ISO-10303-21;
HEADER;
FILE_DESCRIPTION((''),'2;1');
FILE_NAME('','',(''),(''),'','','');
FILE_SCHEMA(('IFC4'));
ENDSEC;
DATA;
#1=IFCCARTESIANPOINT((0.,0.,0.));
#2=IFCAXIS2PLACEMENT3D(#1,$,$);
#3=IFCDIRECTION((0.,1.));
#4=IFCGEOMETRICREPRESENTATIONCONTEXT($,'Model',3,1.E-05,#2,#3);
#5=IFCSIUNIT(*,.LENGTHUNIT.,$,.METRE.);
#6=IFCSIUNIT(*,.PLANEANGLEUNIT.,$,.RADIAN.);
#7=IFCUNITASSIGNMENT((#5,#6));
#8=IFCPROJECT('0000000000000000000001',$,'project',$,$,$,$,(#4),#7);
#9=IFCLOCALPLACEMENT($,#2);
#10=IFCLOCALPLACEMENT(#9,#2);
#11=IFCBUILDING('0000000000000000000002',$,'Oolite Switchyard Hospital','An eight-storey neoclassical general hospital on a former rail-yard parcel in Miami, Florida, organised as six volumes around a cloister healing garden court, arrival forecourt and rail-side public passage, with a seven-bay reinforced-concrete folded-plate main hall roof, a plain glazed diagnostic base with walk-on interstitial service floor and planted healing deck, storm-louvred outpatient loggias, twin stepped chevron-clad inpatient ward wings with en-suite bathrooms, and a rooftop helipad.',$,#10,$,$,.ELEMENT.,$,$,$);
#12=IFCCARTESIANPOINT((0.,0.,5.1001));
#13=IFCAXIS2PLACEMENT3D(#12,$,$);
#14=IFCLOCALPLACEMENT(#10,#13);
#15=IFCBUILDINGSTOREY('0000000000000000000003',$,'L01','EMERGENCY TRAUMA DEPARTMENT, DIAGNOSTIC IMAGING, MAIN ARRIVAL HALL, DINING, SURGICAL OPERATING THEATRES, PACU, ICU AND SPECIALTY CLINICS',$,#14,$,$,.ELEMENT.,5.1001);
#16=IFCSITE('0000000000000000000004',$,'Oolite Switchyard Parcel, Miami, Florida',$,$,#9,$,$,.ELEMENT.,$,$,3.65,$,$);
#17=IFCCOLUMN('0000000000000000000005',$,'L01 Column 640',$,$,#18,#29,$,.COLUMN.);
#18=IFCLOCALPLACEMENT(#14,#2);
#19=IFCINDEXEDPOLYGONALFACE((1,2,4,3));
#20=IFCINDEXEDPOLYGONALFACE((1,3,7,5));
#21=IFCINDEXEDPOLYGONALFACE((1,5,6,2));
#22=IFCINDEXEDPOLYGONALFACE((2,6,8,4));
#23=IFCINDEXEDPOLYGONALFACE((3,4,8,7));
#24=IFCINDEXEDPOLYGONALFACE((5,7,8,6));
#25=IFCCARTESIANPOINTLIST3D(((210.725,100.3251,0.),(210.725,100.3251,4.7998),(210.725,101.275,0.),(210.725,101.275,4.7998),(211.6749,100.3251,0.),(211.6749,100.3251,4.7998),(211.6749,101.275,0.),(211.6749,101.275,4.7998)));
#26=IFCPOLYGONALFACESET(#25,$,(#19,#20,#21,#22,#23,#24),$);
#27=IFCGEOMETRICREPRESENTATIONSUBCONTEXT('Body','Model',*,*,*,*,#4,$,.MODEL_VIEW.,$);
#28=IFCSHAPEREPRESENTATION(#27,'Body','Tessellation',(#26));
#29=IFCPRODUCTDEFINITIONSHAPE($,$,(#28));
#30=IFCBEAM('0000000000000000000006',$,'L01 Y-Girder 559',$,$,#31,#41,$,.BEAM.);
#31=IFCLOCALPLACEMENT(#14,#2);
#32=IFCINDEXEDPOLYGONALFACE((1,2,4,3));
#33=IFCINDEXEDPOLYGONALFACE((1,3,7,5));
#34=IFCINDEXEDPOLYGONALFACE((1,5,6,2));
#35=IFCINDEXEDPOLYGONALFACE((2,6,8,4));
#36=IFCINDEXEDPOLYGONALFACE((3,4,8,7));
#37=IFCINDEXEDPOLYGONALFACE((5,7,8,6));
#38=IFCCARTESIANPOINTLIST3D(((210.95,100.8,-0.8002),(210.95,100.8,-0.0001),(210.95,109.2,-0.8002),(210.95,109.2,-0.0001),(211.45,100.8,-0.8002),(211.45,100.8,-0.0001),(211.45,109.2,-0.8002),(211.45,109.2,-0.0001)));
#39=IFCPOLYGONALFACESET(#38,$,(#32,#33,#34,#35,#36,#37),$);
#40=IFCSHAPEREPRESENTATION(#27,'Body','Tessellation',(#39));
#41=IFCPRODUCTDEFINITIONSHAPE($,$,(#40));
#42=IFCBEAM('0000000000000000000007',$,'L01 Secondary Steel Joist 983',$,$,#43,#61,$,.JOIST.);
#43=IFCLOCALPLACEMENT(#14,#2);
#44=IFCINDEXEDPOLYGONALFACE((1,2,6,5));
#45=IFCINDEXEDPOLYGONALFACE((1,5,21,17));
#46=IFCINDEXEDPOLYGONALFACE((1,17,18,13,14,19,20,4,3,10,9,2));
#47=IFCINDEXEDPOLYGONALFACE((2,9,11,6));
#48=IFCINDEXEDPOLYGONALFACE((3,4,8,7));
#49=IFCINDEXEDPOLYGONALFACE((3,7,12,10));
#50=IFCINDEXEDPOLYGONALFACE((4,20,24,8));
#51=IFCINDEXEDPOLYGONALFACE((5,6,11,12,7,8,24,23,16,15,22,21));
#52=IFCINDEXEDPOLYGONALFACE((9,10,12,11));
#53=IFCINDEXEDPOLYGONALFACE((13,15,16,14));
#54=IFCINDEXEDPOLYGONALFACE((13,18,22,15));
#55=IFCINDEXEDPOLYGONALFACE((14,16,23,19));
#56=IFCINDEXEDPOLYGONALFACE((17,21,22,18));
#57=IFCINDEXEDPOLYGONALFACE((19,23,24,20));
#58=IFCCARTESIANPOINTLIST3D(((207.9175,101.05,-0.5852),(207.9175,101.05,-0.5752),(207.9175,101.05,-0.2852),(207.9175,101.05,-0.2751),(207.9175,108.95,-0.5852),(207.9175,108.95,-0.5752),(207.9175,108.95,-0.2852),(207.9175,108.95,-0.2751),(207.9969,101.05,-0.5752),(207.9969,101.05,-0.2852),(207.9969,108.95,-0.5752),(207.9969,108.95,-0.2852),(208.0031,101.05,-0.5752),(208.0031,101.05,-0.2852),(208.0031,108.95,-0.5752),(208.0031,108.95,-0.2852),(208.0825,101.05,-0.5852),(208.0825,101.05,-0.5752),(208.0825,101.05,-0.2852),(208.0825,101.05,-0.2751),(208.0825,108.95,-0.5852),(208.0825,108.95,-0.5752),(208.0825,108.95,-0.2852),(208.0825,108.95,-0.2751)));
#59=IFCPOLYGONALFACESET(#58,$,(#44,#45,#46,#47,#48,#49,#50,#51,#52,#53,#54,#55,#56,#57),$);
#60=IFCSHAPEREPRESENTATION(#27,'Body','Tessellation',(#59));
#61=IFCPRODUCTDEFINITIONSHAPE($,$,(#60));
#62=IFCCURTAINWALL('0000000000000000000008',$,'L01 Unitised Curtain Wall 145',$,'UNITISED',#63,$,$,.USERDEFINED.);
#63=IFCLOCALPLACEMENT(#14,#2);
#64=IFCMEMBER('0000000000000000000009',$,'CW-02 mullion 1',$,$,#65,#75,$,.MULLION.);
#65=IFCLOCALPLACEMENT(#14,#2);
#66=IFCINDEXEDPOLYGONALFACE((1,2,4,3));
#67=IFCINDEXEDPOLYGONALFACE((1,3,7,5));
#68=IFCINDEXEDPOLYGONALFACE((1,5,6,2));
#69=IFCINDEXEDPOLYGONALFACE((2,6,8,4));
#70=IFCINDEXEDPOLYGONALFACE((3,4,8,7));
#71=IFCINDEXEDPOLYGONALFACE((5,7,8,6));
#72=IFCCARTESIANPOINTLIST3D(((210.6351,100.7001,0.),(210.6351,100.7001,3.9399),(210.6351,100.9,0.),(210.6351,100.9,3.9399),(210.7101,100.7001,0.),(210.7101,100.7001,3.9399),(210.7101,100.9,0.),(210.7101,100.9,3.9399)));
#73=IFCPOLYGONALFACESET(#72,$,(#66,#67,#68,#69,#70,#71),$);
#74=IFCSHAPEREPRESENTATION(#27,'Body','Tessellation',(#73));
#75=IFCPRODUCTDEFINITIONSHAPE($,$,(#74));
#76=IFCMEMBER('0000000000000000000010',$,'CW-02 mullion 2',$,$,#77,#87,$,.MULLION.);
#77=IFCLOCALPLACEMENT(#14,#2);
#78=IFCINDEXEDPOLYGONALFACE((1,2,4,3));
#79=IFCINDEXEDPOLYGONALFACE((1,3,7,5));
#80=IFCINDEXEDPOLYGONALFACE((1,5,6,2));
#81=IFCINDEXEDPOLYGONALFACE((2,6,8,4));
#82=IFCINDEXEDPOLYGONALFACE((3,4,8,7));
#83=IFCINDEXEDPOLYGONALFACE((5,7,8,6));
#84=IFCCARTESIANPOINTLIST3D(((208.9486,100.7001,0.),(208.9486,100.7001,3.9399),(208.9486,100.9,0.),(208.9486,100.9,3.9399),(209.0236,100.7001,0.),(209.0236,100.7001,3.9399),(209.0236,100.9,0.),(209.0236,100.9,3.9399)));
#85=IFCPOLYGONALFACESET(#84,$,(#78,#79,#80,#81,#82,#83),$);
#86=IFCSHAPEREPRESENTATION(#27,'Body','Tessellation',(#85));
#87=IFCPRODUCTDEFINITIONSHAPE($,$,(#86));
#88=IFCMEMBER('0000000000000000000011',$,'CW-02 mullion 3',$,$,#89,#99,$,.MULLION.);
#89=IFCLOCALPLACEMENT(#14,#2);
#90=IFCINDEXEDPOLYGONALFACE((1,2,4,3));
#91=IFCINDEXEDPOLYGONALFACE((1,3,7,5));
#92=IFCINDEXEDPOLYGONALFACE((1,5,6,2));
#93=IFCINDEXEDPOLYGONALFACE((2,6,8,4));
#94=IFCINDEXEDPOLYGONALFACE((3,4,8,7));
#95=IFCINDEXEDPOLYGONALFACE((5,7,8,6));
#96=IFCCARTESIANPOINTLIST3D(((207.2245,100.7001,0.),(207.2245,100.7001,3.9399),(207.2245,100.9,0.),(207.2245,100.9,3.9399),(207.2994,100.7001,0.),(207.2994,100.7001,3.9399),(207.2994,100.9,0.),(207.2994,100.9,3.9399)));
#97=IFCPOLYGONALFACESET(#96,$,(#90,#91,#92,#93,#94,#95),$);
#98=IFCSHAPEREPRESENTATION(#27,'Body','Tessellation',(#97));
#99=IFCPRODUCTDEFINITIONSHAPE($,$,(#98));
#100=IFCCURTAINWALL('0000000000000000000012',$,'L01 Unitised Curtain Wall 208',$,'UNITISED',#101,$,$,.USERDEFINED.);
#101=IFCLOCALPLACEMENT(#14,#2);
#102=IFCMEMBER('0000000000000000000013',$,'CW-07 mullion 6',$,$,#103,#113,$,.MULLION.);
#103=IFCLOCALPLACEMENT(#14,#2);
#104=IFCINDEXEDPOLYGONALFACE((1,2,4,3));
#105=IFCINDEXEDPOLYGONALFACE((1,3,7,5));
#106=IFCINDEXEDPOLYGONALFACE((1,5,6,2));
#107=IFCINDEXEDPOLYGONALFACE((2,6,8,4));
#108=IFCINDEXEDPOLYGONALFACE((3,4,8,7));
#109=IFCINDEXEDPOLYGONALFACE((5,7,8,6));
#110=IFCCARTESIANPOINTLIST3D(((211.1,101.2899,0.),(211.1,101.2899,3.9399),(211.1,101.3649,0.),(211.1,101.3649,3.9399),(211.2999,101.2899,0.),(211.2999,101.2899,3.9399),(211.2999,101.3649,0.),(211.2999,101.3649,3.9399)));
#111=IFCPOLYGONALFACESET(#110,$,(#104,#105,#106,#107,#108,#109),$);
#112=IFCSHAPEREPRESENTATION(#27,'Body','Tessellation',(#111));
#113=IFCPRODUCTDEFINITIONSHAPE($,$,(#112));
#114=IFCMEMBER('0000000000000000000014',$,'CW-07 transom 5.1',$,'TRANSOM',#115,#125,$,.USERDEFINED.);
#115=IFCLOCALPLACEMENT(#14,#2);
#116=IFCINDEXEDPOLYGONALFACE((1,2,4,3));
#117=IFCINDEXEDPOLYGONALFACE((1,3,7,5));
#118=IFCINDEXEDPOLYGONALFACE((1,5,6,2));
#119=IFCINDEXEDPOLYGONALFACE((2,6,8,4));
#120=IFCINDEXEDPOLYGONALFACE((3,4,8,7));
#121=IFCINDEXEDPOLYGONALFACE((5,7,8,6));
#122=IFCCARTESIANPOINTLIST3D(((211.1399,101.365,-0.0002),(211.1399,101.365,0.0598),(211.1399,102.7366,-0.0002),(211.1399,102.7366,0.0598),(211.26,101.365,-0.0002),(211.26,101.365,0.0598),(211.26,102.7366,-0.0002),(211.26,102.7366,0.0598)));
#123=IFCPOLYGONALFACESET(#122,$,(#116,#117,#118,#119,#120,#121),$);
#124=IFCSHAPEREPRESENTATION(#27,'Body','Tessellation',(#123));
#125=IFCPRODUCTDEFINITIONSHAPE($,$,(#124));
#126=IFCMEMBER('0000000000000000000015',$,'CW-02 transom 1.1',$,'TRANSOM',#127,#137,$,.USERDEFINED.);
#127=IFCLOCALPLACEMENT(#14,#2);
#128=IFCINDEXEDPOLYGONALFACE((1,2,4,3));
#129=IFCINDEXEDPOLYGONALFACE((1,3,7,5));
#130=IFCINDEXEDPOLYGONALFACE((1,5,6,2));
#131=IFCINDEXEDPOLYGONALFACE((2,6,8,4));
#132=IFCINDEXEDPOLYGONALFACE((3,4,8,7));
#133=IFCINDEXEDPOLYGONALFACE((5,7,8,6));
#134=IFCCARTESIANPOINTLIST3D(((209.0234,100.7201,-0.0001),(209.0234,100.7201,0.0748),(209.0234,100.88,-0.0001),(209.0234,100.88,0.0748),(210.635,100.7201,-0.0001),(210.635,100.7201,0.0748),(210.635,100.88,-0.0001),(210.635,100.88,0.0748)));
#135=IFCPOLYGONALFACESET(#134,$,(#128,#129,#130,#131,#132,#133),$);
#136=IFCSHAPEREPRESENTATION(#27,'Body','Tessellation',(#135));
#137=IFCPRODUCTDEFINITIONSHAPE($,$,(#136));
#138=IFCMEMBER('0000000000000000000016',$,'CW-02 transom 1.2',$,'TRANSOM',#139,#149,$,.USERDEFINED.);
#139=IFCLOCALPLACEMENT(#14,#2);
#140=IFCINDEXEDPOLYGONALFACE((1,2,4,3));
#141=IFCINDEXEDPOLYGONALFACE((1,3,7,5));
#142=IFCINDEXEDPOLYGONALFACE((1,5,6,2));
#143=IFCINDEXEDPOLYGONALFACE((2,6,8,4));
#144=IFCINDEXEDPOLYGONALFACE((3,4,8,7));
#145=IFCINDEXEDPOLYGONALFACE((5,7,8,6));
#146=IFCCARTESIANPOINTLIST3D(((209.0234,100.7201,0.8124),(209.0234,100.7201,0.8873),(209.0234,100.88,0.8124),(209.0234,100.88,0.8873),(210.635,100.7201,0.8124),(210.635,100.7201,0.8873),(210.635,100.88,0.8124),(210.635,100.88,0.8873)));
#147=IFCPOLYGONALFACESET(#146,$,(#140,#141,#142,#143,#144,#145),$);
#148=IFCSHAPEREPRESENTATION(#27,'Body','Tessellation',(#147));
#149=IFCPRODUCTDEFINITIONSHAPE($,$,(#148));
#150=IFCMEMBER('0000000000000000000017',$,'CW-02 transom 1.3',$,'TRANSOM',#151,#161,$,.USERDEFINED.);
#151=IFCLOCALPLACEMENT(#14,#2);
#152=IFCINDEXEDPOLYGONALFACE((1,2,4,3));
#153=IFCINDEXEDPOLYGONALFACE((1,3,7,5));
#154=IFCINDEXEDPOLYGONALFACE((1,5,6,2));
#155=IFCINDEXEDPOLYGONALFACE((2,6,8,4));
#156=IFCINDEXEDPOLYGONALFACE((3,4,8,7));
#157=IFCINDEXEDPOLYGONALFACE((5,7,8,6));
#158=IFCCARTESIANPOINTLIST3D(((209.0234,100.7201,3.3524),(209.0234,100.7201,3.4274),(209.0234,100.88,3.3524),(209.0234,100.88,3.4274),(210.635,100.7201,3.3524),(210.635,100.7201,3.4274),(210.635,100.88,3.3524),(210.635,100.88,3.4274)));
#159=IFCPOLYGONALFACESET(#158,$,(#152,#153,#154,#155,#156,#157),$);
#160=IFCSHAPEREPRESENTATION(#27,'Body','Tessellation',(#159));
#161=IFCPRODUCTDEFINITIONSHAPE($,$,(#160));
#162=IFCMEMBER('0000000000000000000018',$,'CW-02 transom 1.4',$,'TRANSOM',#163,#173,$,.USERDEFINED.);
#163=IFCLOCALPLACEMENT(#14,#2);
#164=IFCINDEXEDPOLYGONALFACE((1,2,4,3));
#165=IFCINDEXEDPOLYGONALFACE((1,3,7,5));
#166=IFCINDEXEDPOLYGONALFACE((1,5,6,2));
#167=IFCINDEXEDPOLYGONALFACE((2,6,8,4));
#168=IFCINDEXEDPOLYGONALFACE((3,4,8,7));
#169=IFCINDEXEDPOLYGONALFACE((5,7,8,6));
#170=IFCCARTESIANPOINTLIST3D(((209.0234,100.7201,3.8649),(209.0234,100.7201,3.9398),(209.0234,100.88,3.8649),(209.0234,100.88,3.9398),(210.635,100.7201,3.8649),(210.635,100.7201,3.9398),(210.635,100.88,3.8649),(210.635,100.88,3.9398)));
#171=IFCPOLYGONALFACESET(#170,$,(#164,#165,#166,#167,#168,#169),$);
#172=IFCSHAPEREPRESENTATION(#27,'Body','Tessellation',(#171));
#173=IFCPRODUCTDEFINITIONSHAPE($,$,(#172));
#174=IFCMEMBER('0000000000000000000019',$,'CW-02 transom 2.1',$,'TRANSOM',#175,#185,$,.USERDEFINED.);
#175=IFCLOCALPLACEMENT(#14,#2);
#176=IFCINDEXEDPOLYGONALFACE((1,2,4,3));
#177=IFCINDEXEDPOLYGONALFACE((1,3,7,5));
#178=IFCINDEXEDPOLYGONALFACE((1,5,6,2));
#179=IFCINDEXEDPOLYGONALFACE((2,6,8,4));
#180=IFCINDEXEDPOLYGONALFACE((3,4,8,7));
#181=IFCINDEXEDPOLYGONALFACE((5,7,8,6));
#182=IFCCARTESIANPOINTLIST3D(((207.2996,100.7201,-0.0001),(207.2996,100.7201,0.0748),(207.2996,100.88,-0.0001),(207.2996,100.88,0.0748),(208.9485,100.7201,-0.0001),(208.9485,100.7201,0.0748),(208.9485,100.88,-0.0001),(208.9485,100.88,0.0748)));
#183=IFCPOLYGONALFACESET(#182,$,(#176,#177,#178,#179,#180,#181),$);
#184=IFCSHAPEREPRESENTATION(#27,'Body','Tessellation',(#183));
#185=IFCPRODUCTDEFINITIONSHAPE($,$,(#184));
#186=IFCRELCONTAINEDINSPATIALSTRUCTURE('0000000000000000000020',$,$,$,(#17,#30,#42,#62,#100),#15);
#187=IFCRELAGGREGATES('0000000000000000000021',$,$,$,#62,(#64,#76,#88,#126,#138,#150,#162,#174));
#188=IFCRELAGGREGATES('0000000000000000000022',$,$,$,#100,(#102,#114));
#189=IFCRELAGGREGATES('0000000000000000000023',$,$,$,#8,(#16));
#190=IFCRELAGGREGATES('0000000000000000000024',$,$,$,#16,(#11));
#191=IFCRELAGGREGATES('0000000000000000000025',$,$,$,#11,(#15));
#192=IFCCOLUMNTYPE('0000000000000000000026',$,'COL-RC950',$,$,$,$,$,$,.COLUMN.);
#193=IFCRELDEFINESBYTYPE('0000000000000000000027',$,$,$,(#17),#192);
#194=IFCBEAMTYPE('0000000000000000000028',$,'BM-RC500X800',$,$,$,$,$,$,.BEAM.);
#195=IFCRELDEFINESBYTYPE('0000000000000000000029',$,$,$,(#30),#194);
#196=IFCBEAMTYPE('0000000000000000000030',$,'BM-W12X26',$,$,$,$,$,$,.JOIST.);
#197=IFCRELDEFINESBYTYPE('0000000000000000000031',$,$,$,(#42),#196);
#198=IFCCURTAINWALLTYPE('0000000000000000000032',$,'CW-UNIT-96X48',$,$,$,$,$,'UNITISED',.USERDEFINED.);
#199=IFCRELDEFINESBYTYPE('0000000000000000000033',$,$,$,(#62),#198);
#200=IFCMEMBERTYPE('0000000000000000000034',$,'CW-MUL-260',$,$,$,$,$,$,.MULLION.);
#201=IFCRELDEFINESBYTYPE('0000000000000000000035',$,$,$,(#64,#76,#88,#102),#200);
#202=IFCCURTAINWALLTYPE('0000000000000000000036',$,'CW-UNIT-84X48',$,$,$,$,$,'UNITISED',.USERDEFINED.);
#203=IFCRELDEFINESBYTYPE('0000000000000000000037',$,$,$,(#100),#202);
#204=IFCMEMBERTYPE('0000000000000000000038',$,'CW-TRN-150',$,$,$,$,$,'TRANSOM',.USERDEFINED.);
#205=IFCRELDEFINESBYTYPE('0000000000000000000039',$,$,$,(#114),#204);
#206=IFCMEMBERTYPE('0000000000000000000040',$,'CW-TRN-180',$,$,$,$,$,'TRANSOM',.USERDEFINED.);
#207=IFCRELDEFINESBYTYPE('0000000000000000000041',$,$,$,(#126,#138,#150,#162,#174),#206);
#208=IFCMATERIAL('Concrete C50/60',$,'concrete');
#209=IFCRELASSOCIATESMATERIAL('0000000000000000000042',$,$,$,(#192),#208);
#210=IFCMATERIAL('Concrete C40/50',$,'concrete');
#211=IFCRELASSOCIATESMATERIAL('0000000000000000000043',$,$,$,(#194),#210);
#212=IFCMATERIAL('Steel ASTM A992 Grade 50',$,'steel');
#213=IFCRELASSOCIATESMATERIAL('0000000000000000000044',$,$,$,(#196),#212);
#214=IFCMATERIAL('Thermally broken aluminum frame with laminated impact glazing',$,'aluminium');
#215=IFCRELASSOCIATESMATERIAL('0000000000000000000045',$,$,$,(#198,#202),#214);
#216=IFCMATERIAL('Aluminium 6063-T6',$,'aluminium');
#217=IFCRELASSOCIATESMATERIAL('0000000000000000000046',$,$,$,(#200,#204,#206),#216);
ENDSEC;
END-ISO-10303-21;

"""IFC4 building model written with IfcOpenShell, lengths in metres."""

from ifc_helpers import new_model, si_unit, direction, frame, origin, origin_2d, place, context, subcontext, project, spatial, rectangle, i_section, extrude, material, material_profile, profile_set, type_object, element, aggregate, save


model = new_model("IFC4")

# Units and contexts
model_context = context("Model", 3, precision=1e-05, world=origin(), true_north=direction((0.0, 1.0)))
body_context = subcontext(model_context, "Body", "Model", "MODEL_VIEW")
ifc_project = project(units=[si_unit("LENGTHUNIT", "METRE"), si_unit("PLANEANGLEUNIT", "RADIAN")], contexts=[model_context])

# Site, building, storey
site_placement = place(None, origin())
site = spatial("IfcSite", under=ifc_project, at=site_placement, Name="Oolite Switchyard Parcel, Miami, Florida", CompositionType="ELEMENT", RefElevation=3.65)
building_placement = place(site_placement, origin())
building = spatial("IfcBuilding", under=site, at=building_placement, Name="Oolite Switchyard Hospital", Description="An eight-storey neoclassical general hospital on a former rail-yard parcel in Miami, Florida, organised as six volumes around a cloister healing garden court, arrival forecourt and rail-side public passage, with a seven-bay reinforced-concrete folded-plate main hall roof, a plain glazed diagnostic base with walk-on interstitial service floor and planted healing deck, storm-louvred outpatient loggias, twin stepped chevron-clad inpatient ward wings with en-suite bathrooms, and a rooftop helipad.", CompositionType="ELEMENT")
storey_placement = place(building_placement, frame((0.0, 0.0, 5.1001)))
storey = spatial("IfcBuildingStorey", under=building, at=storey_placement, Name="L01", Description="EMERGENCY TRAUMA DEPARTMENT, DIAGNOSTIC IMAGING, MAIN ARRIVAL HALL, DINING, SURGICAL OPERATING THEATRES, PACU, ICU AND SPECIALTY CLINICS", CompositionType="ELEMENT", Elevation=5.1001)

# Column
ifc_material_1 = material(Name="Concrete C50/60", Category="concrete")
ifc_material_profile_1 = material_profile(ifc_material_1, rectangle(XDim=0.95, YDim=0.95, at=origin_2d()), Name="RC950X950")
ifc_profile_set_1 = profile_set([ifc_material_profile_1], Name="Concrete C50/60")
column_type = type_object("IfcColumnType", Name="COL-RC950", PredefinedType="COLUMN", material=ifc_profile_set_1)
column_placement = place(storey_placement, frame((211.2, 100.8, 0.0), z_axis=(0.0, 0.0, 1.0), x_axis=(1.0, 0.0, 0.0)))
element("IfcColumn", 1, at=column_placement, inside=storey, type_object=column_type, Name="L01 Column 640", PredefinedType="COLUMN", context=body_context, shape_type="SweptSolid", body=[
    extrude(rectangle(XDim=0.95, YDim=0.95, at=origin_2d()), origin(), (0.0, 0.0, 1.0), 4.7998),
])

# Beams
ifc_material_2 = material(Name="Concrete C40/50", Category="concrete")
ifc_material_profile_2 = material_profile(ifc_material_2, rectangle(XDim=0.5, YDim=0.8, at=origin_2d()), Name="RCB500X800")
ifc_profile_set_2 = profile_set([ifc_material_profile_2], Name="Concrete C40/50")
beam_type_1 = type_object("IfcBeamType", Name="BM-RC500X800", PredefinedType="BEAM", material=ifc_profile_set_2)
beam_1_placement = place(storey_placement, frame((211.2, 100.8, -0.4001), z_axis=(0.0, 1.0, 0.0), x_axis=(-1.0, 0.0, 0.0)))
element("IfcBeam", 2, at=beam_1_placement, inside=storey, type_object=beam_type_1, Name="L01 Y-Girder 559", PredefinedType="BEAM", context=body_context, shape_type="SweptSolid", body=[
    extrude(rectangle(XDim=0.5, YDim=0.8, at=origin_2d()), origin(), (0.0, 0.0, 1.0), 8.3999),
])
ifc_material_3 = material(Name="Steel ASTM A992 Grade 50", Category="steel")
ifc_material_profile_3 = material_profile(ifc_material_3, i_section(OverallWidth=0.165, OverallDepth=0.3101, WebThickness=0.0061, FlangeThickness=0.01, at=origin_2d()), Name="W12X26")
ifc_profile_set_3 = profile_set([ifc_material_profile_3], Name="Steel ASTM A992 Grade 50")
beam_type_2 = type_object("IfcBeamType", Name="BM-W12X26", PredefinedType="JOIST", material=ifc_profile_set_3)
beam_2_placement = place(storey_placement, frame((208.0, 101.05, -0.4302), z_axis=(0.0, 1.0, 0.0), x_axis=(-1.0, 0.0, 0.0)))
element("IfcBeam", 3, at=beam_2_placement, inside=storey, type_object=beam_type_2, Name="L01 Secondary Steel Joist 983", PredefinedType="JOIST", context=body_context, shape_type="SweptSolid", body=[
    extrude(i_section(OverallWidth=0.165, OverallDepth=0.3101, WebThickness=0.0061, FlangeThickness=0.01, at=origin_2d()), origin(), (0.0, 0.0, 1.0), 7.8999),
])

# Curtain walls, members
ifc_material_4 = material(Name="Thermally broken aluminum frame with laminated impact glazing", Category="aluminium")
curtain_wall_type_1 = type_object("IfcCurtainWallType", Name="CW-UNIT-96X48", ElementType="UNITISED", PredefinedType="USERDEFINED", material=ifc_material_4)
curtain_wall_1_placement = place(storey_placement, origin())
curtain_wall_1 = element("IfcCurtainWall", 4, at=curtain_wall_1_placement, inside=storey, type_object=curtain_wall_type_1, Name="L01 Unitised Curtain Wall 145", ObjectType="UNITISED", PredefinedType="USERDEFINED")
ifc_material_5 = material(Name="Aluminium 6063-T6", Category="aluminium")
ifc_material_profile_4 = material_profile(ifc_material_5, rectangle(XDim=0.2, YDim=0.075, at=origin_2d()), Name="CWM75X200")
ifc_profile_set_4 = profile_set([ifc_material_profile_4], Name="Aluminium 6063-T6")
member_type_1 = type_object("IfcMemberType", Name="CW-MUL-260", PredefinedType="MULLION", material=ifc_profile_set_4)
member_1_placement = place(storey_placement, frame((210.6726, 100.8, 0.0), z_axis=(0.0, 0.0, 1.0), x_axis=(0.0, -1.0, 0.0)))
member_1 = element("IfcMember", 5, at=member_1_placement, type_object=member_type_1, Name="CW-02 mullion 1", PredefinedType="MULLION", context=body_context, shape_type="SweptSolid", body=[
    extrude(rectangle(XDim=0.2, YDim=0.075, at=origin_2d()), origin(), (0.0, 0.0, 1.0), 3.9399),
])
member_2_placement = place(storey_placement, frame((208.9861, 100.8, 0.0), z_axis=(0.0, 0.0, 1.0), x_axis=(0.0, -1.0, 0.0)))
member_2 = element("IfcMember", 6, at=member_2_placement, type_object=member_type_1, Name="CW-02 mullion 2", PredefinedType="MULLION", context=body_context, shape_type="SweptSolid", body=[
    extrude(rectangle(XDim=0.2, YDim=0.075, at=origin_2d()), origin(), (0.0, 0.0, 1.0), 3.9399),
])
member_3_placement = place(storey_placement, frame((207.262, 100.8, 0.0), z_axis=(0.0, 0.0, 1.0), x_axis=(0.0, -1.0, 0.0)))
member_3 = element("IfcMember", 7, at=member_3_placement, type_object=member_type_1, Name="CW-02 mullion 3", PredefinedType="MULLION", context=body_context, shape_type="SweptSolid", body=[
    extrude(rectangle(XDim=0.2, YDim=0.075, at=origin_2d()), origin(), (0.0, 0.0, 1.0), 3.9399),
])
curtain_wall_type_2 = type_object("IfcCurtainWallType", Name="CW-UNIT-84X48", ElementType="UNITISED", PredefinedType="USERDEFINED", material=ifc_material_4)
curtain_wall_2_placement = place(storey_placement, origin())
curtain_wall_2 = element("IfcCurtainWall", 8, at=curtain_wall_2_placement, inside=storey, type_object=curtain_wall_type_2, Name="L01 Unitised Curtain Wall 208", ObjectType="UNITISED", PredefinedType="USERDEFINED")
member_4_placement = place(storey_placement, frame((211.2, 101.3274, 0.0), z_axis=(0.0, 0.0, 1.0), x_axis=(1.0, 0.0, 0.0)))
member_4 = element("IfcMember", 9, at=member_4_placement, type_object=member_type_1, Name="CW-07 mullion 6", PredefinedType="MULLION", context=body_context, shape_type="SweptSolid", body=[
    extrude(rectangle(XDim=0.2, YDim=0.075, at=origin_2d()), origin(), (0.0, 0.0, 1.0), 3.9399),
])
ifc_material_profile_5 = material_profile(ifc_material_5, rectangle(XDim=0.1201, YDim=0.0601, at=origin_2d()), Name="CWT60X120")
ifc_profile_set_5 = profile_set([ifc_material_profile_5], Name="Aluminium 6063-T6")
member_type_2 = type_object("IfcMemberType", Name="CW-TRN-150", ElementType="TRANSOM", PredefinedType="USERDEFINED", material=ifc_profile_set_5)
member_5_placement = place(storey_placement, frame((211.2, 102.7366, 0.0298), z_axis=(0.0, -1.0, 0.0), x_axis=(1.0, 0.0, 0.0)))
member_5 = element("IfcMember", 10, at=member_5_placement, type_object=member_type_2, Name="CW-07 transom 5.1", ObjectType="TRANSOM", PredefinedType="USERDEFINED", context=body_context, shape_type="SweptSolid", body=[
    extrude(rectangle(XDim=0.1201, YDim=0.0601, at=origin_2d()), origin(), (0.0, 0.0, 1.0), 1.3716),
])

# Members
ifc_material_profile_6 = material_profile(ifc_material_5, rectangle(XDim=0.1599, YDim=0.075, at=origin_2d()), Name="CWT75X160")
ifc_profile_set_6 = profile_set([ifc_material_profile_6], Name="Aluminium 6063-T6")
member_type_3 = type_object("IfcMemberType", Name="CW-TRN-180", ElementType="TRANSOM", PredefinedType="USERDEFINED", material=ifc_profile_set_6)
member_6_placement = place(storey_placement, frame((210.635, 100.8, 0.0374), z_axis=(-1.0, 0.0, 0.0), x_axis=(0.0, -1.0, 0.0)))
member_6 = element("IfcMember", 11, at=member_6_placement, type_object=member_type_3, Name="CW-02 transom 1.1", ObjectType="TRANSOM", PredefinedType="USERDEFINED", context=body_context, shape_type="SweptSolid", body=[
    extrude(rectangle(XDim=0.1599, YDim=0.075, at=origin_2d()), origin(), (0.0, 0.0, 1.0), 1.6116),
])
member_7_placement = place(storey_placement, frame((210.635, 100.8, 0.8499), z_axis=(-1.0, 0.0, 0.0), x_axis=(0.0, -1.0, 0.0)))
member_7 = element("IfcMember", 12, at=member_7_placement, type_object=member_type_3, Name="CW-02 transom 1.2", ObjectType="TRANSOM", PredefinedType="USERDEFINED", context=body_context, shape_type="SweptSolid", body=[
    extrude(rectangle(XDim=0.1599, YDim=0.075, at=origin_2d()), origin(), (0.0, 0.0, 1.0), 1.6116),
])
member_8_placement = place(storey_placement, frame((210.635, 100.8, 3.3899), z_axis=(-1.0, 0.0, 0.0), x_axis=(0.0, -1.0, 0.0)))
member_8 = element("IfcMember", 13, at=member_8_placement, type_object=member_type_3, Name="CW-02 transom 1.3", ObjectType="TRANSOM", PredefinedType="USERDEFINED", context=body_context, shape_type="SweptSolid", body=[
    extrude(rectangle(XDim=0.1599, YDim=0.075, at=origin_2d()), origin(), (0.0, 0.0, 1.0), 1.6116),
])
member_9_placement = place(storey_placement, frame((210.635, 100.8, 3.9023), z_axis=(-1.0, 0.0, 0.0), x_axis=(0.0, -1.0, 0.0)))
member_9 = element("IfcMember", 14, at=member_9_placement, type_object=member_type_3, Name="CW-02 transom 1.4", ObjectType="TRANSOM", PredefinedType="USERDEFINED", context=body_context, shape_type="SweptSolid", body=[
    extrude(rectangle(XDim=0.1599, YDim=0.075, at=origin_2d()), origin(), (0.0, 0.0, 1.0), 1.6116),
])
member_10_placement = place(storey_placement, frame((208.9485, 100.8, 0.0374), z_axis=(-1.0, 0.0, 0.0), x_axis=(0.0, -1.0, 0.0)))
member_10 = element("IfcMember", 15, at=member_10_placement, type_object=member_type_3, Name="CW-02 transom 2.1", ObjectType="TRANSOM", PredefinedType="USERDEFINED", context=body_context, shape_type="SweptSolid", body=[
    extrude(rectangle(XDim=0.1599, YDim=0.075, at=origin_2d()), origin(), (0.0, 0.0, 1.0), 1.6489),
])

aggregate(curtain_wall_1, [member_1, member_2, member_3, member_6, member_7, member_8, member_9, member_10])
aggregate(curtain_wall_2, [member_4, member_5])

save(model, "model.ifc")
